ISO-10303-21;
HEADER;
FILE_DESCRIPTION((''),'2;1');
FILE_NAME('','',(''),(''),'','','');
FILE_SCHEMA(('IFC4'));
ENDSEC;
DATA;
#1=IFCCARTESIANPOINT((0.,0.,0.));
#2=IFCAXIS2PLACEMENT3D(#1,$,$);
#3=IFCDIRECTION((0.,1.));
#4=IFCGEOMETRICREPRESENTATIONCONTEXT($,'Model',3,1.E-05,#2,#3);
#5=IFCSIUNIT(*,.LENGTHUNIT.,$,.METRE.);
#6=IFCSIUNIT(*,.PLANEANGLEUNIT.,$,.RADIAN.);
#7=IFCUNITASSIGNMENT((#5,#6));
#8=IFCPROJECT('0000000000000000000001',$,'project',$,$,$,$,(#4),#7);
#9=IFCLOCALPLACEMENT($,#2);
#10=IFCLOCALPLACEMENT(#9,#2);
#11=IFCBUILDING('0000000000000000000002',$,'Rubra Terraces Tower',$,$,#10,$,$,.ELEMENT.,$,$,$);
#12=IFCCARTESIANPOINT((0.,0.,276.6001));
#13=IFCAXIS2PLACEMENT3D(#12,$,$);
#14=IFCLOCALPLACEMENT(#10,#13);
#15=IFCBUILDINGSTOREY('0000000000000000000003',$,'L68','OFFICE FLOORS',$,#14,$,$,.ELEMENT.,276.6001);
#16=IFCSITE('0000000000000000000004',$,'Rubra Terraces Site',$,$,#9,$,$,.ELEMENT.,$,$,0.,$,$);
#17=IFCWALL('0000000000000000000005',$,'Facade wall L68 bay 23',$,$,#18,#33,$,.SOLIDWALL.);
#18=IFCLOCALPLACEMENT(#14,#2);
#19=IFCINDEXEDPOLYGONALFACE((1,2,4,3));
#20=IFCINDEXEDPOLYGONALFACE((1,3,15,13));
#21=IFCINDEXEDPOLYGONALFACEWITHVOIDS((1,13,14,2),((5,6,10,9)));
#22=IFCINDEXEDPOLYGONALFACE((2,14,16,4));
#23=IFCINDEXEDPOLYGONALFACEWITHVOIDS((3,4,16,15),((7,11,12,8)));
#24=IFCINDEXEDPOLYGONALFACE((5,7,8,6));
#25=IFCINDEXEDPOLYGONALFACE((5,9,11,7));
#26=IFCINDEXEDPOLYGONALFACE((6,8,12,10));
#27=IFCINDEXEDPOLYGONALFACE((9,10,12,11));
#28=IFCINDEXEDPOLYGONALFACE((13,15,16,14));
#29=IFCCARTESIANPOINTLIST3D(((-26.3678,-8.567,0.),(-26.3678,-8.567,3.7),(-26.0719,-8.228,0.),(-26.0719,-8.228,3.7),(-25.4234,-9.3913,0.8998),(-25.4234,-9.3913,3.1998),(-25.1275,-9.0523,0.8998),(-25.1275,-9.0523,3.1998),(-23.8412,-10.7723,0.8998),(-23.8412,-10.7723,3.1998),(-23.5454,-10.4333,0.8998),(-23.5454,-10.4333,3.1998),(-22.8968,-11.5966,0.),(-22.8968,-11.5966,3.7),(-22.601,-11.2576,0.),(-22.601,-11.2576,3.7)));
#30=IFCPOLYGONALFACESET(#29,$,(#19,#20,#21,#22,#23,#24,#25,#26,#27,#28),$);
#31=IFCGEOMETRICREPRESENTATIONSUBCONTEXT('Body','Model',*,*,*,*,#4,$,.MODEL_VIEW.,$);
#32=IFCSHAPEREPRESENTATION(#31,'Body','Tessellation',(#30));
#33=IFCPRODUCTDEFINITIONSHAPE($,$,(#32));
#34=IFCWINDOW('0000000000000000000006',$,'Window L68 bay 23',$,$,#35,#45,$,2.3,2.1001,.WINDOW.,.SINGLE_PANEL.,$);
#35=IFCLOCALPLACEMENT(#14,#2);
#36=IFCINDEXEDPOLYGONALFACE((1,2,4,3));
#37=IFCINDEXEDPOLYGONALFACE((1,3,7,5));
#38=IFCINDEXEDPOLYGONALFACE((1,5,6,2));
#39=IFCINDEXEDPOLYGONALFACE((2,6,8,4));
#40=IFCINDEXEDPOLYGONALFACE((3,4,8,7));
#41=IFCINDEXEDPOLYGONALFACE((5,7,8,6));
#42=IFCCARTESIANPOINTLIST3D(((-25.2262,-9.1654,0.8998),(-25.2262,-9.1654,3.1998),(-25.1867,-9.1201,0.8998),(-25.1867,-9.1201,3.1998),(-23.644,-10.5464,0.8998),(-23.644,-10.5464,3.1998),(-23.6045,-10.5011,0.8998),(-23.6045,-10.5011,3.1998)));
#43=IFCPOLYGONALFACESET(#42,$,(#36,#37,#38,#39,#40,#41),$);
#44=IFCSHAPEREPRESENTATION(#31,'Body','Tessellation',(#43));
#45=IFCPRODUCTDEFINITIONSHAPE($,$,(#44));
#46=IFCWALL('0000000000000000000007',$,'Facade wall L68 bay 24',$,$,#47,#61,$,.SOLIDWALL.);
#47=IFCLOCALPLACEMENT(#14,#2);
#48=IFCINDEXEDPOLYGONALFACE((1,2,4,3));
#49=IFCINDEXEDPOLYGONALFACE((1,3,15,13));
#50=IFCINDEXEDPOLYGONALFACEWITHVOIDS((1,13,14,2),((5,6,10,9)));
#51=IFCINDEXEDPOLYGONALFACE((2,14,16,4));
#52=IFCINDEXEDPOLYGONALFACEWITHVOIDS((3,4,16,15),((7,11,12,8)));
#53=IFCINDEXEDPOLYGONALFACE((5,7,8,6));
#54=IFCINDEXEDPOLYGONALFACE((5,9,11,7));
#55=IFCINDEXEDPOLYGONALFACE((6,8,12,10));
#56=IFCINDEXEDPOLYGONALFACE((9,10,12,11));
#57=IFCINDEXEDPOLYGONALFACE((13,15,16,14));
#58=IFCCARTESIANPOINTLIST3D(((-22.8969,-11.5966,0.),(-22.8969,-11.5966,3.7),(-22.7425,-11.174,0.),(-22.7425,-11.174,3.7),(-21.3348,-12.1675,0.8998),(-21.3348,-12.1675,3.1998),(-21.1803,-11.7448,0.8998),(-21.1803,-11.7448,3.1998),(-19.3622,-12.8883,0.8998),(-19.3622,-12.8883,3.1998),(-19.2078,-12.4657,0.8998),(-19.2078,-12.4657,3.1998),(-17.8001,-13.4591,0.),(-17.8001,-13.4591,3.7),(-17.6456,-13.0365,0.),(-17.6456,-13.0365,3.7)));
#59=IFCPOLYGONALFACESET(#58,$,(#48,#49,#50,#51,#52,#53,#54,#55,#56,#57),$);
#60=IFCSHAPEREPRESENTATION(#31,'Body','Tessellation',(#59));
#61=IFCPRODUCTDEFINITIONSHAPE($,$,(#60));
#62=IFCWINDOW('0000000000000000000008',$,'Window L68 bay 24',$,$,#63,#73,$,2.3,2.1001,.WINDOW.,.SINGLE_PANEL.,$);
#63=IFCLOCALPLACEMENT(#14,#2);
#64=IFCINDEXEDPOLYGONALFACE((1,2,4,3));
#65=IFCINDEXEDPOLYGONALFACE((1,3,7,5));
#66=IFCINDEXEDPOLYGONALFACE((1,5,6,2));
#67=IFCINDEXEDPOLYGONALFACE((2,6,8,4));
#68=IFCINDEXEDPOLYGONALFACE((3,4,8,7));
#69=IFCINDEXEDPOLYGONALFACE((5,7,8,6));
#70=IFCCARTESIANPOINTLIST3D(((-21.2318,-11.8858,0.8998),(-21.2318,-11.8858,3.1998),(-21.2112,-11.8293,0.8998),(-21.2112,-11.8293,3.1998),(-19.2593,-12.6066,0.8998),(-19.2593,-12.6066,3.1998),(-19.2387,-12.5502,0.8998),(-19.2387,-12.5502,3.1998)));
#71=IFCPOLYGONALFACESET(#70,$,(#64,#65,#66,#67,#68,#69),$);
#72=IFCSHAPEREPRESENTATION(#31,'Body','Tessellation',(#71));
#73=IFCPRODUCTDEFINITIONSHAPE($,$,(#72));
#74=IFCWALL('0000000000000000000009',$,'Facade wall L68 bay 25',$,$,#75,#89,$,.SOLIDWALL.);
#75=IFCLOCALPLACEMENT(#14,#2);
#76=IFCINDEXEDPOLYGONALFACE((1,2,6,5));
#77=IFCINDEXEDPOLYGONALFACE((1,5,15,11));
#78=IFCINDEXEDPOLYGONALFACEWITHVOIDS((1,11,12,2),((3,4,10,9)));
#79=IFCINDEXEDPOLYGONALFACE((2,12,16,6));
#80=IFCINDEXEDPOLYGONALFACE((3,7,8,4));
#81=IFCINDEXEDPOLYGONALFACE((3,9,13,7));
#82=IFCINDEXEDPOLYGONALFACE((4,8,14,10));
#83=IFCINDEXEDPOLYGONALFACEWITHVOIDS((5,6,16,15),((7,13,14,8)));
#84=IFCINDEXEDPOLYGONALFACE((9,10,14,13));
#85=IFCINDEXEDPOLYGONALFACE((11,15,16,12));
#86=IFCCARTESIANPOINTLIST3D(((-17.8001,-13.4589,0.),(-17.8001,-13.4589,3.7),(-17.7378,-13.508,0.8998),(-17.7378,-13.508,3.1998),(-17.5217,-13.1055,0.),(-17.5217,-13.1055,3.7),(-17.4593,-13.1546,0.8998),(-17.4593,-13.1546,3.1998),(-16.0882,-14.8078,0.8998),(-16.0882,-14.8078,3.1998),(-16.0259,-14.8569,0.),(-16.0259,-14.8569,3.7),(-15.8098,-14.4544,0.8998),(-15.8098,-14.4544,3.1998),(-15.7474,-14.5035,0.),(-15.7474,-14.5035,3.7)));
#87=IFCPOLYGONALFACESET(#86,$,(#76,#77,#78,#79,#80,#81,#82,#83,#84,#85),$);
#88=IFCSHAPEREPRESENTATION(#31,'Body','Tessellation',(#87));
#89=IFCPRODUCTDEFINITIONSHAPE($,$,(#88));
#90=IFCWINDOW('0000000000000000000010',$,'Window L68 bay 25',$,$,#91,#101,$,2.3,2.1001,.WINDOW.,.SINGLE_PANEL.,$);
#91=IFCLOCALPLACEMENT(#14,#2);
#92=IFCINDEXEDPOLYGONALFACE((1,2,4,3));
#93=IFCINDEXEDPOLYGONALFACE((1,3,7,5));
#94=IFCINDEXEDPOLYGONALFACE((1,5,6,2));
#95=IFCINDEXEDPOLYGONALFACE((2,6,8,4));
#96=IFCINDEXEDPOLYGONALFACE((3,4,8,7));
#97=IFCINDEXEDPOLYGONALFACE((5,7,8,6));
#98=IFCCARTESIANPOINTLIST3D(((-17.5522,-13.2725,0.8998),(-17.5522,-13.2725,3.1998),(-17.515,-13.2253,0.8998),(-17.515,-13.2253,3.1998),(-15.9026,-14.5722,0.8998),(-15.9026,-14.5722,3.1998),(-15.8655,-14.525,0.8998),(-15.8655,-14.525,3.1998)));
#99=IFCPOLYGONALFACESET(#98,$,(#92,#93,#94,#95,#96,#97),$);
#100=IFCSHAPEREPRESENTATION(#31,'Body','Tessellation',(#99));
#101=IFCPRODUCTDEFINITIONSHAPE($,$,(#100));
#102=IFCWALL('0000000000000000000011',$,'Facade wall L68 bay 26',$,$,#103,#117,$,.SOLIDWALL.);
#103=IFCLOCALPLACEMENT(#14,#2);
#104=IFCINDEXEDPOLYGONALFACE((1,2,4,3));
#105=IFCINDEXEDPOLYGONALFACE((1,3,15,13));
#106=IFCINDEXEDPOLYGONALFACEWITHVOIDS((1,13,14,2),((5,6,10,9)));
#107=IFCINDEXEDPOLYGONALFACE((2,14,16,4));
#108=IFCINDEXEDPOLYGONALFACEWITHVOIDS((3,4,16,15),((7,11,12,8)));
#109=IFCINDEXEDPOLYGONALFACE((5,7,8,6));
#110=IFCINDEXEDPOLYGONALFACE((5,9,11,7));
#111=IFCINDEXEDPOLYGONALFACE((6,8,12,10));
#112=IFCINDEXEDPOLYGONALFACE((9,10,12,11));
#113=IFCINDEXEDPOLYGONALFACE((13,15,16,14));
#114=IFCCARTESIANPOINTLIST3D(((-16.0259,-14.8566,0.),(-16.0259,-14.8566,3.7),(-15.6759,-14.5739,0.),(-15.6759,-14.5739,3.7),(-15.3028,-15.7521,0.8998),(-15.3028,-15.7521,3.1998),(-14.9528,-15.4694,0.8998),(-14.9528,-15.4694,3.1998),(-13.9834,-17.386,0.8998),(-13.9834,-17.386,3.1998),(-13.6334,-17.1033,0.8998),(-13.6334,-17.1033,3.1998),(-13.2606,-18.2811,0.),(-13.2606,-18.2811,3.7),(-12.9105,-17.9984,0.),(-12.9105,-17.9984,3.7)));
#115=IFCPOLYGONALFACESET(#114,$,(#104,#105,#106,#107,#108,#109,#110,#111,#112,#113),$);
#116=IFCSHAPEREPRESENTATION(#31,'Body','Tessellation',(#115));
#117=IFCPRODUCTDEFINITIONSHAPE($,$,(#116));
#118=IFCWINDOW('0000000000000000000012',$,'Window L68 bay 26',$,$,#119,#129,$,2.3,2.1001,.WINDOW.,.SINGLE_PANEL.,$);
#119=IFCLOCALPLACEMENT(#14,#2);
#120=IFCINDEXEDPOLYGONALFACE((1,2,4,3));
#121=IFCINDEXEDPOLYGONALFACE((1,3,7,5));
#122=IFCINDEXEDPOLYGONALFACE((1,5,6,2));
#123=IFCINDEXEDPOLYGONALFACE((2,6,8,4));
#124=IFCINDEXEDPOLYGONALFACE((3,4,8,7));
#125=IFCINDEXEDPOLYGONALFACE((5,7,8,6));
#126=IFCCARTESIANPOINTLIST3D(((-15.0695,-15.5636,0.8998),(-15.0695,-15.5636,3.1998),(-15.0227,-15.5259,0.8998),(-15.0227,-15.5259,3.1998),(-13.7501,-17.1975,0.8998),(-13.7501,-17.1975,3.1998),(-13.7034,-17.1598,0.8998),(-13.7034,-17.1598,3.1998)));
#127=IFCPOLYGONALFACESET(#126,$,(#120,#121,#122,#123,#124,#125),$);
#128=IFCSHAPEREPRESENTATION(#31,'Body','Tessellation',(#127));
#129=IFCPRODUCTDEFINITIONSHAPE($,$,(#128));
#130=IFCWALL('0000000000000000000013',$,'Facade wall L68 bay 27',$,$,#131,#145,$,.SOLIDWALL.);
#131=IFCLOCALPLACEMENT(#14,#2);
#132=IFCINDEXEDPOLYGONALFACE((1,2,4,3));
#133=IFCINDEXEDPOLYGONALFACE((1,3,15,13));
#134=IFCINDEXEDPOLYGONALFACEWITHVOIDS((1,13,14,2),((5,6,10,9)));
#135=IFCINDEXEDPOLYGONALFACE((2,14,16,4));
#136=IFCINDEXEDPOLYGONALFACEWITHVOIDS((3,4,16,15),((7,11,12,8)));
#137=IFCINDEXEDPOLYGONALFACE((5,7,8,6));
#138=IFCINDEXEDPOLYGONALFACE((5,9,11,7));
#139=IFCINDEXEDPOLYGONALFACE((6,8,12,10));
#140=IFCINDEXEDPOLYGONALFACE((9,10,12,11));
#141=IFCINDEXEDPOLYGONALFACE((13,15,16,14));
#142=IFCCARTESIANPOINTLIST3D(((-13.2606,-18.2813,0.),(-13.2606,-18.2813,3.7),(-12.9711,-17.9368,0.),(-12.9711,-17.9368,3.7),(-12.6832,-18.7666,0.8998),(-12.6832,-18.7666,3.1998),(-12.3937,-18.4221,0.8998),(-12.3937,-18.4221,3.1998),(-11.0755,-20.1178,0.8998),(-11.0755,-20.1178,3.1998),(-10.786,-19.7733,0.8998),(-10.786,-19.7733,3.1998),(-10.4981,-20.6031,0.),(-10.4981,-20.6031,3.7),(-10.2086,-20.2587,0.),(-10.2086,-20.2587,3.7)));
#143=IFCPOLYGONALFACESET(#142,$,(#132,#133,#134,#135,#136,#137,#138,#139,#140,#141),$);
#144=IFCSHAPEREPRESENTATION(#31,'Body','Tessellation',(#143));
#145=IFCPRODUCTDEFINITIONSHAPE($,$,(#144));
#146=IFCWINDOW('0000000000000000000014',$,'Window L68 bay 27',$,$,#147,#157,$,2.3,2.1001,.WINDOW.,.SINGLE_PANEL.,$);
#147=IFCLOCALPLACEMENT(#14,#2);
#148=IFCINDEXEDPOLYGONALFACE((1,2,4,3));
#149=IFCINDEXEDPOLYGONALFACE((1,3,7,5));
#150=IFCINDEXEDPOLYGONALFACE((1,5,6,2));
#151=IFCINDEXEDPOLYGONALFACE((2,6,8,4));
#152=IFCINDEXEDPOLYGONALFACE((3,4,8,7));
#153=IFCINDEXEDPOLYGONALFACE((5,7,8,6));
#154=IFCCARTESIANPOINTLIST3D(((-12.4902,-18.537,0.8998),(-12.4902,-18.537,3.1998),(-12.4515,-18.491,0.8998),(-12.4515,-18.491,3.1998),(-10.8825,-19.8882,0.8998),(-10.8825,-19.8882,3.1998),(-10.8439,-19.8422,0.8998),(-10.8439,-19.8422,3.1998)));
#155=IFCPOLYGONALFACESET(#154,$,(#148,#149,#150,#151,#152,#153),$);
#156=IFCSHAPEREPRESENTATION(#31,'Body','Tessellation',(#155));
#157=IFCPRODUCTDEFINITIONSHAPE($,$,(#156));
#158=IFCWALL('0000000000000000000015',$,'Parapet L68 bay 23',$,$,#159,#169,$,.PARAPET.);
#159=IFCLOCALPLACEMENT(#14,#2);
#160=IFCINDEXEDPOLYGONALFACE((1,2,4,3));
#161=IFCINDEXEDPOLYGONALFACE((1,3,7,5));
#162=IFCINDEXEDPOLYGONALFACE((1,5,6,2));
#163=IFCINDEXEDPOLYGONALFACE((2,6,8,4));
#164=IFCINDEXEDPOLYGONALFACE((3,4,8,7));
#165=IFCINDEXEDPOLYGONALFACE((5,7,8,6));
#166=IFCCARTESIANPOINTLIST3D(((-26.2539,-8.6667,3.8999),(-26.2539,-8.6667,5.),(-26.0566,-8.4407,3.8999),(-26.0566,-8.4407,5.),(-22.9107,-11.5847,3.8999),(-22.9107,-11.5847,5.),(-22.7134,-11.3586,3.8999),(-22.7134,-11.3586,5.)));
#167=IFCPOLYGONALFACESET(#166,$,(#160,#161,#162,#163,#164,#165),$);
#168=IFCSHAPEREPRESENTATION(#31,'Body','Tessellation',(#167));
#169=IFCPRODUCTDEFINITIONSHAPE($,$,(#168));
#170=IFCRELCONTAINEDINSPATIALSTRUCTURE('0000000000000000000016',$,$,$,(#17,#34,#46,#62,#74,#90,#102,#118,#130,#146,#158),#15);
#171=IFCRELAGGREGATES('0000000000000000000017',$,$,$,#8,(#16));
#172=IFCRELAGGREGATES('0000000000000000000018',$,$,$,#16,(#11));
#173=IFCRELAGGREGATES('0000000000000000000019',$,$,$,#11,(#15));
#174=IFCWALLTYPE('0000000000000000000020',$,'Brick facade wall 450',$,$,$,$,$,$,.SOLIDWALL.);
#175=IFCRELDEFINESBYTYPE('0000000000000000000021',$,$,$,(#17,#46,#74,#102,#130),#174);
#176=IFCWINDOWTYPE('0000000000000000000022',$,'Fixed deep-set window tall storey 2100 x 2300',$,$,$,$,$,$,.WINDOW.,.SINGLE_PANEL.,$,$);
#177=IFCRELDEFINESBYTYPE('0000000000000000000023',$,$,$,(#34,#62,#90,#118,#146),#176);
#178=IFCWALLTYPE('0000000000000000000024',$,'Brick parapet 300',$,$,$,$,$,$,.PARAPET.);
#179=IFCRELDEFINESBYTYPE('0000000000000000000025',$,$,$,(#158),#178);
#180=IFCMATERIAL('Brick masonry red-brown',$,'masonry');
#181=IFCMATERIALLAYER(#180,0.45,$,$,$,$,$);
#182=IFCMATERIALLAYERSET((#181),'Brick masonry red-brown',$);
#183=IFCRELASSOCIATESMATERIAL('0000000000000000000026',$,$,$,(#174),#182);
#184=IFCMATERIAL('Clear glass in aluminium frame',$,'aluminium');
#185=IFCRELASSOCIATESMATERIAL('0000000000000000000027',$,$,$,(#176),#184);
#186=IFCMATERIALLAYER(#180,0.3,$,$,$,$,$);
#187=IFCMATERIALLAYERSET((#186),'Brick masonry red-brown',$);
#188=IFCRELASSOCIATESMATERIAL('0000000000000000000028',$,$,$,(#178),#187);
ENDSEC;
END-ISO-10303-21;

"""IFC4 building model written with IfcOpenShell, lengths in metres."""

from ifc_helpers import new_model, si_unit, direction, frame, frame_2d, origin, place, context, subcontext, project, spatial, rectangle, extrude, material, layer, layer_set, type_object, element, fill, save


model = new_model("IFC4")

# Units and contexts
model_context = context("Model", 3, precision=1e-05, world=origin(), true_north=direction((0.0, 1.0)))
body_context = subcontext(model_context, "Body", "Model", "MODEL_VIEW")
ifc_project = project(units=[si_unit("LENGTHUNIT", "METRE"), si_unit("PLANEANGLEUNIT", "RADIAN")], contexts=[model_context])

# Site, building, storey
site_placement = place(None, origin())
site = spatial("IfcSite", under=ifc_project, at=site_placement, Name="Rubra Terraces Site", CompositionType="ELEMENT", RefElevation=0.0)
building_placement = place(site_placement, origin())
building = spatial("IfcBuilding", under=site, at=building_placement, Name="Rubra Terraces Tower", CompositionType="ELEMENT")
storey_placement = place(building_placement, frame((0.0, 0.0, 276.6001)))
storey = spatial("IfcBuildingStorey", under=building, at=storey_placement, Name="L68", Description="OFFICE FLOORS", CompositionType="ELEMENT", Elevation=276.6001)

# Walls, openings, windows
ifc_material_1 = material(Name="Brick masonry red-brown", Category="masonry")
ifc_layer_1 = layer(ifc_material_1, 0.45)
ifc_layer_set_1 = layer_set([ifc_layer_1], Name="Brick masonry red-brown")
wall_type_1 = type_object("IfcWallType", Name="Brick facade wall 450", PredefinedType="SOLIDWALL", material=ifc_layer_set_1)
wall_1_placement = place(storey_placement, frame((-26.22, -8.3975, 0.0), z_axis=(0.0, 0.0, 1.0), x_axis=(0.753387, -0.657577, 0.0)))
wall_1 = element("IfcWall", 1, at=wall_1_placement, inside=storey, type_object=wall_type_1, Name="Facade wall L68 bay 23", PredefinedType="SOLIDWALL", context=body_context, shape_type="SweptSolid", body=[
    extrude(rectangle(XDim=4.6072, YDim=0.45, at=frame_2d((2.3037, 0.0))), origin(), (0.0, 0.0, 1.0), 3.7),
])
opening_1_placement = place(wall_1_placement, frame((1.2537, 0.0, 0.8999)))
opening_1 = element("IfcOpeningElement", 2, at=opening_1_placement, cuts=wall_1, PredefinedType="OPENING", context=body_context, shape_type="SweptSolid", body=[
    extrude(rectangle(XDim=2.1001, YDim=2.3, at=frame_2d((1.05, 1.1499))), frame((0.0, 0.2349, 0.0), z_axis=(0.0, -1.0, 0.0), x_axis=(1.0, 0.0, 0.0)), (0.0, 0.0, 1.0), 0.47),
])
ifc_material_2 = material(Name="Clear glass in aluminium frame", Category="aluminium")
window_type = type_object("IfcWindowType", Name="Fixed deep-set window tall storey 2100 x 2300", PartitioningType="SINGLE_PANEL", PredefinedType="WINDOW", material=ifc_material_2)
window_1_placement = place(opening_1_placement, origin())
window_1 = element("IfcWindow", 3, at=window_1_placement, inside=storey, type_object=window_type, Name="Window L68 bay 23", OverallHeight=2.3, OverallWidth=2.1001, PartitioningType="SINGLE_PANEL", PredefinedType="WINDOW", context=body_context, shape_type="SweptSolid", body=[
    extrude(rectangle(XDim=2.1001, YDim=2.3, at=frame_2d((1.05, 1.1499))), frame((0.0, 0.135, 0.0), z_axis=(0.0, -1.0, 0.0), x_axis=(1.0, 0.0, 0.0)), (0.0, 0.0, 1.0), 0.0601),
])
fill(opening_1, window_1)
wall_2_placement = place(storey_placement, frame((-22.8198, -11.3853, 0.0), z_axis=(0.0, 0.0, 1.0), x_axis=(0.939252, -0.343227, 0.0)))
wall_2 = element("IfcWall", 4, at=wall_2_placement, inside=storey, type_object=wall_type_1, Name="Facade wall L68 bay 24", PredefinedType="SOLIDWALL", context=body_context, shape_type="SweptSolid", body=[
    extrude(rectangle(XDim=5.4265, YDim=0.45, at=frame_2d((2.7134, 0.0))), origin(), (0.0, 0.0, 1.0), 3.7),
])
opening_2_placement = place(wall_2_placement, frame((1.6633, 0.0, 0.8999)))
opening_2 = element("IfcOpeningElement", 5, at=opening_2_placement, cuts=wall_2, PredefinedType="OPENING", context=body_context, shape_type="SweptSolid", body=[
    extrude(rectangle(XDim=2.1001, YDim=2.3, at=frame_2d((1.05, 1.1499))), frame((0.0, 0.2349, 0.0), z_axis=(0.0, -1.0, 0.0), x_axis=(1.0, 0.0, 0.0)), (0.0, 0.0, 1.0), 0.47),
])
window_2_placement = place(opening_2_placement, origin())
window_2 = element("IfcWindow", 6, at=window_2_placement, inside=storey, type_object=window_type, Name="Window L68 bay 24", OverallHeight=2.3, OverallWidth=2.1001, PartitioningType="SINGLE_PANEL", PredefinedType="WINDOW", context=body_context, shape_type="SweptSolid", body=[
    extrude(rectangle(XDim=2.1001, YDim=2.3, at=frame_2d((1.05, 1.1499))), frame((0.0, 0.135, 0.0), z_axis=(0.0, -1.0, 0.0), x_axis=(1.0, 0.0, 0.0)), (0.0, 0.0, 1.0), 0.0601),
])
fill(opening_2, window_2)
wall_3_placement = place(storey_placement, frame((-17.6609, -13.2822, 0.0), z_axis=(0.0, 0.0, 1.0), x_axis=(0.785466, -0.618905, 0.0)))
wall_3 = element("IfcWall", 7, at=wall_3_placement, inside=storey, type_object=wall_type_1, Name="Facade wall L68 bay 25", PredefinedType="SOLIDWALL", context=body_context, shape_type="SweptSolid", body=[
    extrude(rectangle(XDim=2.2588, YDim=0.45, at=frame_2d((1.1294, 0.0))), origin(), (0.0, 0.0, 1.0), 3.7),
])
opening_3_placement = place(wall_3_placement, frame((0.0793, 0.0, 0.8999)))
opening_3 = element("IfcOpeningElement", 8, at=opening_3_placement, cuts=wall_3, PredefinedType="OPENING", context=body_context, shape_type="SweptSolid", body=[
    extrude(rectangle(XDim=2.1001, YDim=2.3, at=frame_2d((1.05, 1.1499))), frame((0.0, 0.2349, 0.0), z_axis=(0.0, -1.0, 0.0), x_axis=(1.0, 0.0, 0.0)), (0.0, 0.0, 1.0), 0.47),
])
window_3_placement = place(opening_3_placement, origin())
window_3 = element("IfcWindow", 9, at=window_3_placement, inside=storey, type_object=window_type, Name="Window L68 bay 25", OverallHeight=2.3, OverallWidth=2.1001, PartitioningType="SINGLE_PANEL", PredefinedType="WINDOW", context=body_context, shape_type="SweptSolid", body=[
    extrude(rectangle(XDim=2.1001, YDim=2.3, at=frame_2d((1.05, 1.1499))), frame((0.0, 0.135, 0.0), z_axis=(0.0, -1.0, 0.0), x_axis=(1.0, 0.0, 0.0)), (0.0, 0.0, 1.0), 0.0601),
])
fill(opening_3, window_3)
wall_4_placement = place(storey_placement, frame((-15.8508, -14.7153, 0.0), z_axis=(0.0, 0.0, 1.0), x_axis=(0.628253, -0.778009, 0.0)))
wall_4 = element("IfcWall", 10, at=wall_4_placement, inside=storey, type_object=wall_type_1, Name="Facade wall L68 bay 26", PredefinedType="SOLIDWALL", context=body_context, shape_type="SweptSolid", body=[
    extrude(rectangle(XDim=4.4016, YDim=0.45, at=frame_2d((2.2007, 0.0))), origin(), (0.0, 0.0, 1.0), 3.7),
])
opening_4_placement = place(wall_4_placement, frame((1.1509, 0.0, 0.8999)))
opening_4 = element("IfcOpeningElement", 11, at=opening_4_placement, cuts=wall_4, PredefinedType="OPENING", context=body_context, shape_type="SweptSolid", body=[
    extrude(rectangle(XDim=2.1001, YDim=2.3, at=frame_2d((1.05, 1.1499))), frame((0.0, 0.2349, 0.0), z_axis=(0.0, -1.0, 0.0), x_axis=(1.0, 0.0, 0.0)), (0.0, 0.0, 1.0), 0.47),
])
window_4_placement = place(opening_4_placement, origin())
window_4 = element("IfcWindow", 12, at=window_4_placement, inside=storey, type_object=window_type, Name="Window L68 bay 26", OverallHeight=2.3, OverallWidth=2.1001, PartitioningType="SINGLE_PANEL", PredefinedType="WINDOW", context=body_context, shape_type="SweptSolid", body=[
    extrude(rectangle(XDim=2.1001, YDim=2.3, at=frame_2d((1.05, 1.1499))), frame((0.0, 0.135, 0.0), z_axis=(0.0, -1.0, 0.0), x_axis=(1.0, 0.0, 0.0)), (0.0, 0.0, 1.0), 0.0601),
])
fill(opening_4, window_4)
wall_5_placement = place(storey_placement, frame((-13.1157, -18.1091, 0.0), z_axis=(0.0, 0.0, 1.0), x_axis=(0.765525, -0.643406, 0.0)))
wall_5 = element("IfcWall", 13, at=wall_5_placement, inside=storey, type_object=wall_type_1, Name="Facade wall L68 bay 27", PredefinedType="SOLIDWALL", context=body_context, shape_type="SweptSolid", body=[
    extrude(rectangle(XDim=3.6086, YDim=0.45, at=frame_2d((1.8042, 0.0))), origin(), (0.0, 0.0, 1.0), 3.7),
])
opening_5_placement = place(wall_5_placement, frame((0.7542, 0.0, 0.8999)))
opening_5 = element("IfcOpeningElement", 14, at=opening_5_placement, cuts=wall_5, PredefinedType="OPENING", context=body_context, shape_type="SweptSolid", body=[
    extrude(rectangle(XDim=2.1001, YDim=2.3, at=frame_2d((1.05, 1.1499))), frame((0.0, 0.2349, 0.0), z_axis=(0.0, -1.0, 0.0), x_axis=(1.0, 0.0, 0.0)), (0.0, 0.0, 1.0), 0.47),
])
window_5_placement = place(opening_5_placement, origin())
window_5 = element("IfcWindow", 15, at=window_5_placement, inside=storey, type_object=window_type, Name="Window L68 bay 27", OverallHeight=2.3, OverallWidth=2.1001, PartitioningType="SINGLE_PANEL", PredefinedType="WINDOW", context=body_context, shape_type="SweptSolid", body=[
    extrude(rectangle(XDim=2.1001, YDim=2.3, at=frame_2d((1.05, 1.1499))), frame((0.0, 0.135, 0.0), z_axis=(0.0, -1.0, 0.0), x_axis=(1.0, 0.0, 0.0)), (0.0, 0.0, 1.0), 0.0601),
])
fill(opening_5, window_5)

# Wall
ifc_layer_2 = layer(ifc_material_1, 0.3)
ifc_layer_set_2 = layer_set([ifc_layer_2], Name="Brick masonry red-brown")
wall_type_2 = type_object("IfcWallType", Name="Brick parapet 300", PredefinedType="PARAPET", material=ifc_layer_set_2)
wall_6_placement = place(storey_placement, frame((-26.1553, -8.5537, 3.8999), z_axis=(0.0, 0.0, 1.0), x_axis=(0.753401, -0.657562, 0.0)))
element("IfcWall", 16, at=wall_6_placement, inside=storey, type_object=wall_type_2, Name="Parapet L68 bay 23", PredefinedType="PARAPET", context=body_context, shape_type="SweptSolid", body=[
    extrude(rectangle(XDim=4.4375, YDim=0.3, at=frame_2d((2.2188, 0.0))), origin(), (0.0, 0.0, 1.0), 1.1001),
])

save(model, "model.ifc")
